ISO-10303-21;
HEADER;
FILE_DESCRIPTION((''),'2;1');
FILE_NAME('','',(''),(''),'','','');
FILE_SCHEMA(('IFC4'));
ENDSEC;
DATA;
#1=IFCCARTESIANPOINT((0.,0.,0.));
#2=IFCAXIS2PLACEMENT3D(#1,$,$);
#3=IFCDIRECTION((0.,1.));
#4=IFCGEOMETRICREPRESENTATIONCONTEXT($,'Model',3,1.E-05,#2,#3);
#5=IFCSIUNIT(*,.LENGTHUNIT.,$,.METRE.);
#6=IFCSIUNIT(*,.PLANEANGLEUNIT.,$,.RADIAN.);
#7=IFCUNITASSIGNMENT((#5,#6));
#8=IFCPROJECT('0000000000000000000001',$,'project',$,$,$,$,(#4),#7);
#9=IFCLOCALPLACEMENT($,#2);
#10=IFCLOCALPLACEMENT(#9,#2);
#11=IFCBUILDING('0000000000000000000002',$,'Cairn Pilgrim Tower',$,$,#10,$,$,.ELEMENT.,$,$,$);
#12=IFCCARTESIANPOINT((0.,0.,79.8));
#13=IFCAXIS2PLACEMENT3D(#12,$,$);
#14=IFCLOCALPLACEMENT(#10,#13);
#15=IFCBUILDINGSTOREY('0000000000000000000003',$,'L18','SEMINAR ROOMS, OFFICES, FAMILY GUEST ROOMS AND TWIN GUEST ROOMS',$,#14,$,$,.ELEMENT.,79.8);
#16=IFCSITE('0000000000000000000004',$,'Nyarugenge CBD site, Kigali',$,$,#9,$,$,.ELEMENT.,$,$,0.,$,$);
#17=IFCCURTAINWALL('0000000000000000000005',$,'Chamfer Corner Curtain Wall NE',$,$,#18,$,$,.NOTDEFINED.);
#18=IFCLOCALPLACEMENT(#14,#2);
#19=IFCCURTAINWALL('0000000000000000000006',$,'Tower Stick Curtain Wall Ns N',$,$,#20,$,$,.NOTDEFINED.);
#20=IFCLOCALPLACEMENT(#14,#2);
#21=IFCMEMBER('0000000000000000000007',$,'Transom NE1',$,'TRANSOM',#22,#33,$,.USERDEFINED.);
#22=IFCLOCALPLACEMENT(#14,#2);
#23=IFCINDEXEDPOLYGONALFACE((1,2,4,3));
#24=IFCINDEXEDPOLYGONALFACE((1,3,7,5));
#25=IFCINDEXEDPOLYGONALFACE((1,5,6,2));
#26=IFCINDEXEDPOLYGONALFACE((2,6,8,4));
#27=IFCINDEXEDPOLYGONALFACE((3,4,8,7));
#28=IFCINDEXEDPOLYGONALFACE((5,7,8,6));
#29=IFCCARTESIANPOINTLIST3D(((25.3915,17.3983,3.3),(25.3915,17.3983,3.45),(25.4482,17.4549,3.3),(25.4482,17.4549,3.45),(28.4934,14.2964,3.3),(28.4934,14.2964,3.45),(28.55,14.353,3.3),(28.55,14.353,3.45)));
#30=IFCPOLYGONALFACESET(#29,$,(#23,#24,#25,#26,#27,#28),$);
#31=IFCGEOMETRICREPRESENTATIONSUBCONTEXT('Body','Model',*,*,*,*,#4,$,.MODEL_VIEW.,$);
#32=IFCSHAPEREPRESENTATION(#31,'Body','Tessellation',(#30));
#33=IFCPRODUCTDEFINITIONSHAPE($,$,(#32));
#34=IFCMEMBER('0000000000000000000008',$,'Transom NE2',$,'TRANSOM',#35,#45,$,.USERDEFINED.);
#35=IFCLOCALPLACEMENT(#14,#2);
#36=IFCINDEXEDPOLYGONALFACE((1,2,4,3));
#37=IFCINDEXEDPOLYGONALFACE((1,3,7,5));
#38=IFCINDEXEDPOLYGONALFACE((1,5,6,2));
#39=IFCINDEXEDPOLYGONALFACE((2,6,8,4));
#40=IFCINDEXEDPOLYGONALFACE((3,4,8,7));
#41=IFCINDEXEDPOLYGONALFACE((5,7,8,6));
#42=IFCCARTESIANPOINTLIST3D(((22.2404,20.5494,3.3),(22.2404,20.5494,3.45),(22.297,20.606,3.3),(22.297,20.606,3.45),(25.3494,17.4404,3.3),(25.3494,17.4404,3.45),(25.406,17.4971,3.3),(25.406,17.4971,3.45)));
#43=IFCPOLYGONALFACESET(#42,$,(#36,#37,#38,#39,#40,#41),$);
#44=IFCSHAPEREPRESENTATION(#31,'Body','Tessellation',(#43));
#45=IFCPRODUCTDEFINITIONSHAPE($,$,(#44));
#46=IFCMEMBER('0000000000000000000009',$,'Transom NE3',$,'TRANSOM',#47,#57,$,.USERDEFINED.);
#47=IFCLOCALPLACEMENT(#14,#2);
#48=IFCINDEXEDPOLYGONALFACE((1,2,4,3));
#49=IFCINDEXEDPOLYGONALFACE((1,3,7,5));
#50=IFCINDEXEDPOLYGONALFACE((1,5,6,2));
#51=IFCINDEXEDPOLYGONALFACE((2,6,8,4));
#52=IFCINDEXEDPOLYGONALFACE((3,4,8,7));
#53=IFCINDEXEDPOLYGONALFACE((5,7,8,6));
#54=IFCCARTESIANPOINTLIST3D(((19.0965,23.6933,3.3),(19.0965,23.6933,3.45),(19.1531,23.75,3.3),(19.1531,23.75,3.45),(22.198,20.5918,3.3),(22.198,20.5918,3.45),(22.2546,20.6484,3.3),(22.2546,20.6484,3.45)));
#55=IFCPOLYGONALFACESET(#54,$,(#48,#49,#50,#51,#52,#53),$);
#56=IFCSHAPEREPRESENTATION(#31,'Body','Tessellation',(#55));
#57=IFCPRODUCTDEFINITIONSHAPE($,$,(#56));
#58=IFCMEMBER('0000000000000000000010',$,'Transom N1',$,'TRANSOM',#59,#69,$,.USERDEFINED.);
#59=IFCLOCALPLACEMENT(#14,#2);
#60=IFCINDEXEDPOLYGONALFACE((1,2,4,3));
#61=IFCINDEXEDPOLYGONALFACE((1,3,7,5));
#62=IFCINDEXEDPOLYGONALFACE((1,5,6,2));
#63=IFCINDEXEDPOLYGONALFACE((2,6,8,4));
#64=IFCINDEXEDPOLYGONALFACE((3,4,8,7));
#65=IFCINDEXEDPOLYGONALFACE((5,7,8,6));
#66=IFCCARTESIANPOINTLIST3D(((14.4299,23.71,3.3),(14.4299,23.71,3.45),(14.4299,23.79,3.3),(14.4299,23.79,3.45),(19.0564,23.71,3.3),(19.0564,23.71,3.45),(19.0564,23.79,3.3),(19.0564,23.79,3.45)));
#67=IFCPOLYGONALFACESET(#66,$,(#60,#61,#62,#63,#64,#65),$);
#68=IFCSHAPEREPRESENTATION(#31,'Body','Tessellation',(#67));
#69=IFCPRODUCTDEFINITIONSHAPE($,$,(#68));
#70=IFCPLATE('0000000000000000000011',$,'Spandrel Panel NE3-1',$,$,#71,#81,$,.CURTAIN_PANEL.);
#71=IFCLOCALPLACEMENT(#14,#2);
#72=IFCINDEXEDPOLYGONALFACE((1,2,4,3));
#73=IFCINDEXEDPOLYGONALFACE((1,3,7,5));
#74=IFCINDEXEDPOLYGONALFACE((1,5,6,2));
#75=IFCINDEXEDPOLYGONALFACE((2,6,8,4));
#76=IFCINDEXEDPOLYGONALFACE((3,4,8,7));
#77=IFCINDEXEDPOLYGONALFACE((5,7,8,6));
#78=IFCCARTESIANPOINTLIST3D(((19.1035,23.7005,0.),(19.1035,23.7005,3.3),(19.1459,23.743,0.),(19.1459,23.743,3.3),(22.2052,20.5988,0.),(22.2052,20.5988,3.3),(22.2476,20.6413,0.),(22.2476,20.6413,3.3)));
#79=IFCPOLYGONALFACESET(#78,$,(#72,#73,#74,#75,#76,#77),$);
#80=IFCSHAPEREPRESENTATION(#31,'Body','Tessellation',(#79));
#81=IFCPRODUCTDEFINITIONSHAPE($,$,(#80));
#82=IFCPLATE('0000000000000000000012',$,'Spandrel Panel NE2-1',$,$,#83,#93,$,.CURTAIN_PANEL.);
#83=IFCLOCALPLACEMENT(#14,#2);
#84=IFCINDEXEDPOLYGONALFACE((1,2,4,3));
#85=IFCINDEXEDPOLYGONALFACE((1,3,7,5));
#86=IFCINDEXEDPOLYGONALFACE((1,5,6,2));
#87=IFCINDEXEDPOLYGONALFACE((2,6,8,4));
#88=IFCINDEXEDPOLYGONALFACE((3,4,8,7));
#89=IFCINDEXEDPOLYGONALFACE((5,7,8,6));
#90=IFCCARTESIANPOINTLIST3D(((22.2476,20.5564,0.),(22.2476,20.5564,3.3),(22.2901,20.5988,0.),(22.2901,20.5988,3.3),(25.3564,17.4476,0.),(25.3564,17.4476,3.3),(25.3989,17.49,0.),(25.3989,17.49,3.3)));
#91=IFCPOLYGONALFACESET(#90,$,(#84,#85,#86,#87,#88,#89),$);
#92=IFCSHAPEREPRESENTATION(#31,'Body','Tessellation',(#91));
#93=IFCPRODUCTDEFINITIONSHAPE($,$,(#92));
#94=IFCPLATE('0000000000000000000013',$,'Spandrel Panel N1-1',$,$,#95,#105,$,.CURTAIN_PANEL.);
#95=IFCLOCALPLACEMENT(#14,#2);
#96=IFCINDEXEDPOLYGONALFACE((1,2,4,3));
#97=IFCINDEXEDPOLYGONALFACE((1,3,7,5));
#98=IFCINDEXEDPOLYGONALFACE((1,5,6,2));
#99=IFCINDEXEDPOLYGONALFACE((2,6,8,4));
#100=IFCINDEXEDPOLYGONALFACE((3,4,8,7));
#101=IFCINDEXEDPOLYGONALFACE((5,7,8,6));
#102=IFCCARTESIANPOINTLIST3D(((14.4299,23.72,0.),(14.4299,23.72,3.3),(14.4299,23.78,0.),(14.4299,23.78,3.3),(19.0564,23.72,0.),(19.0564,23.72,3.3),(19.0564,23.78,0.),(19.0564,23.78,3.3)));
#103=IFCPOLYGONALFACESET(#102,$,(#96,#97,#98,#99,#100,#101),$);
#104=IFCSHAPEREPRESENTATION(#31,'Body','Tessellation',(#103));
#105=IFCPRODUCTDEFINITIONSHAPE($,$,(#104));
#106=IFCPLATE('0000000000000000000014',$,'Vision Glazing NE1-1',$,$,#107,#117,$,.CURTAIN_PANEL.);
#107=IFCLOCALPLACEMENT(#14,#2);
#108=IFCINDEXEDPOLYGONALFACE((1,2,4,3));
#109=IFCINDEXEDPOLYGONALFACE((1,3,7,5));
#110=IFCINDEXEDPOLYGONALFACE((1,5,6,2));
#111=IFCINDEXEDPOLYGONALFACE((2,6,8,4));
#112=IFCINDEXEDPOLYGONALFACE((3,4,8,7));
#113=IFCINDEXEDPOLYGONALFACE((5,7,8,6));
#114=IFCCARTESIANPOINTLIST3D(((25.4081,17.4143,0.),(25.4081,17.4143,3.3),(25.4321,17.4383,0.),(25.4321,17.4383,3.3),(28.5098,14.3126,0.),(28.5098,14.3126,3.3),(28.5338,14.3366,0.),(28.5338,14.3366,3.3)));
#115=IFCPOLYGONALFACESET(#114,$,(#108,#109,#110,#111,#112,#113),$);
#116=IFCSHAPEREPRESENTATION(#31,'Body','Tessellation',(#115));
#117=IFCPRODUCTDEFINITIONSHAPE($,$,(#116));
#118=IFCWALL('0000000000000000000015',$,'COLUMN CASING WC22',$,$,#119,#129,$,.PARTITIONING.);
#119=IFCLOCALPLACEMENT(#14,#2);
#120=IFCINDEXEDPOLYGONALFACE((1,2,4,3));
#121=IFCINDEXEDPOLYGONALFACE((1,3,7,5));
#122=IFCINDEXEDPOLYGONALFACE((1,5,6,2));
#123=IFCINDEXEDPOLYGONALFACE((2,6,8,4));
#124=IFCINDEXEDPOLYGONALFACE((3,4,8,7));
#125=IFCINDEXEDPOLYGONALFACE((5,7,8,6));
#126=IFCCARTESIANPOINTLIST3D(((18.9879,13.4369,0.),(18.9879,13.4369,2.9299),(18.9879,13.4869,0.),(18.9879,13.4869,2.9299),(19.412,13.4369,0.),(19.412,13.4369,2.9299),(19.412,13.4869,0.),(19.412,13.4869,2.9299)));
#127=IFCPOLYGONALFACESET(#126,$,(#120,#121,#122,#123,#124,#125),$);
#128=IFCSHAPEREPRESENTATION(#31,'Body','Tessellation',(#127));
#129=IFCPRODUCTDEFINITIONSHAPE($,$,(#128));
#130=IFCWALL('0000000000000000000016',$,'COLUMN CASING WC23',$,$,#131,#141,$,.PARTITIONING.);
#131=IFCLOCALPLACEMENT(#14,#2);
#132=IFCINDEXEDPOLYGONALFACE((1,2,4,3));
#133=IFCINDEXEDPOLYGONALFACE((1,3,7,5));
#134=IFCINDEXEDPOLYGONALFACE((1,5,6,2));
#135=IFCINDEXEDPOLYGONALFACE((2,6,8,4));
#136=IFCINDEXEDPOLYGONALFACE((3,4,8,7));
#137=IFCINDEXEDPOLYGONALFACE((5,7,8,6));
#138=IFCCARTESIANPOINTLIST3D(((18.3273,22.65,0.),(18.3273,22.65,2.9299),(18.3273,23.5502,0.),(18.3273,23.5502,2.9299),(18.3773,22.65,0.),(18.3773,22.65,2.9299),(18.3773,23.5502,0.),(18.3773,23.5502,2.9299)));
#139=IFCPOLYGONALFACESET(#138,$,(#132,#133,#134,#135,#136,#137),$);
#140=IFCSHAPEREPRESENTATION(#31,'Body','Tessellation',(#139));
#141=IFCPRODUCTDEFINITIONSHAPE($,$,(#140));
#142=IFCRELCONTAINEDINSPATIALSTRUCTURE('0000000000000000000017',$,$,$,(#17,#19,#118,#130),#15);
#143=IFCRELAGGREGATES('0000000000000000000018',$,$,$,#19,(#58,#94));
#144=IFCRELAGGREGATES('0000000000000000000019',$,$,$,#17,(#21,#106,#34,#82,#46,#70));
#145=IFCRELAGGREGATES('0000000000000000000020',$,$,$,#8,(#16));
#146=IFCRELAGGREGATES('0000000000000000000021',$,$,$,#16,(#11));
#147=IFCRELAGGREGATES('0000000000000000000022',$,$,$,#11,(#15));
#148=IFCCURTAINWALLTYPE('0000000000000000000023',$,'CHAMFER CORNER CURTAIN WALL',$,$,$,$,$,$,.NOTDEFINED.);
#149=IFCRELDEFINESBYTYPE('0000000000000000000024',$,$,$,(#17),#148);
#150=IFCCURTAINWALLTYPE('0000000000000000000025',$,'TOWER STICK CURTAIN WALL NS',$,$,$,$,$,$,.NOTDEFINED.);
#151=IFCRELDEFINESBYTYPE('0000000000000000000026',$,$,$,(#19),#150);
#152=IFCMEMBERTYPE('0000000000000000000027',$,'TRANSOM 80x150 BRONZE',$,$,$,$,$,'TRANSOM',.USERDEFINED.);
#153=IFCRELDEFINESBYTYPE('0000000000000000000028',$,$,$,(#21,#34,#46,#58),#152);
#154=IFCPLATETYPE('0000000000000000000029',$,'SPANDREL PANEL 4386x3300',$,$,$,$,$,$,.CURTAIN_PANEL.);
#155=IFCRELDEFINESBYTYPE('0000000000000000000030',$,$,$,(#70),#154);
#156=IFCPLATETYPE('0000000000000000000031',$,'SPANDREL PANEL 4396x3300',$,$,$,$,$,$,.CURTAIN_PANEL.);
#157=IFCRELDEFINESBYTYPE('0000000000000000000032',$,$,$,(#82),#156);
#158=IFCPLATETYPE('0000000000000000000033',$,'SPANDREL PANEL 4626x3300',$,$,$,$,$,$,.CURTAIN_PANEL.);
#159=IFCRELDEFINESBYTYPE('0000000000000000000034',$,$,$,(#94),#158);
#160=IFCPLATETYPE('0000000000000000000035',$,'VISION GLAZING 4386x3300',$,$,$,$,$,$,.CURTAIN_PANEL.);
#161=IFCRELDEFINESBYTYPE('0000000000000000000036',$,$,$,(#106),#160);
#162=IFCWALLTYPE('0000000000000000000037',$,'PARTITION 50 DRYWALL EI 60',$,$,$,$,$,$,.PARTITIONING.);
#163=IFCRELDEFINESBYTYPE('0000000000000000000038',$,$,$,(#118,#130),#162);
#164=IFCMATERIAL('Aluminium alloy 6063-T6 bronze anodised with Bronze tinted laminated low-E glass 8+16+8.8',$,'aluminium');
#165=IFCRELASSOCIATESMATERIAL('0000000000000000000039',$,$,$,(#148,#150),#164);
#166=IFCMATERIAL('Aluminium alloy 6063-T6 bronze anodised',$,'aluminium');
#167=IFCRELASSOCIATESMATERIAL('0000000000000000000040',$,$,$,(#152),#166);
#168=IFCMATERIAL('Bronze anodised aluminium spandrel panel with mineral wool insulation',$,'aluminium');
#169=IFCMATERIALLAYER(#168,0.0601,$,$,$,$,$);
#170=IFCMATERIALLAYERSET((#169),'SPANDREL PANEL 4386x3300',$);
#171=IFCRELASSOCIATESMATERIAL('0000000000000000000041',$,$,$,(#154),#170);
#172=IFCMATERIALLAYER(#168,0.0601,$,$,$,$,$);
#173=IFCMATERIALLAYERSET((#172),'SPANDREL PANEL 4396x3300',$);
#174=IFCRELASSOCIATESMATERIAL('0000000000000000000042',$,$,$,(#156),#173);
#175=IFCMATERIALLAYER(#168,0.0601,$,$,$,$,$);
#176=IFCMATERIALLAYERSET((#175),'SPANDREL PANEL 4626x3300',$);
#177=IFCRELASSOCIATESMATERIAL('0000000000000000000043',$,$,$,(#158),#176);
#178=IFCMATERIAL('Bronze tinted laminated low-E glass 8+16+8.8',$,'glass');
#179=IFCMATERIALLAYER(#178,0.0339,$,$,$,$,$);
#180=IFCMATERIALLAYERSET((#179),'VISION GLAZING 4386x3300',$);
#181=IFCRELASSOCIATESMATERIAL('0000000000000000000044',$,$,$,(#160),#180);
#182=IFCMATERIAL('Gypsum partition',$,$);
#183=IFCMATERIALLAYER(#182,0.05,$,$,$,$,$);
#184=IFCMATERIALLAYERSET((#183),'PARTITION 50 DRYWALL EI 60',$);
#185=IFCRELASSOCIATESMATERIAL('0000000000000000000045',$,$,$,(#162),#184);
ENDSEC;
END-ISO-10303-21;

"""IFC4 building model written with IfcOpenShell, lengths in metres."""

from ifc_helpers import new_model, si_unit, direction, frame, frame_2d, origin, origin_2d, place, context, subcontext, project, spatial, rectangle, extrude, material, layer, layer_set, material_profile, profile_set, type_object, element, aggregate, save


model = new_model("IFC4")

# Units and contexts
model_context = context("Model", 3, precision=1e-05, world=origin(), true_north=direction((0.0, 1.0)))
body_context = subcontext(model_context, "Body", "Model", "MODEL_VIEW")
ifc_project = project(units=[si_unit("LENGTHUNIT", "METRE"), si_unit("PLANEANGLEUNIT", "RADIAN")], contexts=[model_context])

# Site, building, storey
site_placement = place(None, origin())
site = spatial("IfcSite", under=ifc_project, at=site_placement, Name="Nyarugenge CBD site, Kigali", CompositionType="ELEMENT", RefElevation=0.0)
building_placement = place(site_placement, origin())
building = spatial("IfcBuilding", under=site, at=building_placement, Name="Cairn Pilgrim Tower", CompositionType="ELEMENT")
storey_placement = place(building_placement, frame((0.0, 0.0, 79.8)))
storey = spatial("IfcBuildingStorey", under=building, at=storey_placement, Name="L18", Description="SEMINAR ROOMS, OFFICES, FAMILY GUEST ROOMS AND TWIN GUEST ROOMS", CompositionType="ELEMENT", Elevation=79.8)

# Curtain wall
ifc_material_1 = material(Name="Aluminium alloy 6063-T6 bronze anodised with Bronze tinted laminated low-E glass 8+16+8.8", Category="aluminium")
curtain_wall_type_1 = type_object("IfcCurtainWallType", Name="CHAMFER CORNER CURTAIN WALL", PredefinedType="NOTDEFINED", material=ifc_material_1)
curtain_wall_1_placement = place(storey_placement, origin())
curtain_wall_1 = element("IfcCurtainWall", 1, at=curtain_wall_1_placement, inside=storey, type_object=curtain_wall_type_1, Name="Chamfer Corner Curtain Wall NE", PredefinedType="NOTDEFINED")
ifc_material_2 = material(Name="Aluminium alloy 6063-T6 bronze anodised", Category="aluminium")

# Curtain wall
curtain_wall_type_2 = type_object("IfcCurtainWallType", Name="TOWER STICK CURTAIN WALL NS", PredefinedType="NOTDEFINED", material=ifc_material_1)
curtain_wall_2_placement = place(storey_placement, origin())
curtain_wall_2 = element("IfcCurtainWall", 2, at=curtain_wall_2_placement, inside=storey, type_object=curtain_wall_type_2, Name="Tower Stick Curtain Wall Ns N", PredefinedType="NOTDEFINED")

# Members
ifc_material_profile_1 = material_profile(ifc_material_2, rectangle(XDim=0.0801, YDim=0.1499, at=origin_2d()), Name="TRANSOM 80x150 BRONZE")
ifc_profile_set_1 = profile_set([ifc_material_profile_1], Name="Aluminium alloy 6063-T6 bronze anodised")
member_type_1 = type_object("IfcMemberType", Name="TRANSOM 80x150 BRONZE", ElementType="TRANSOM", PredefinedType="USERDEFINED", material=ifc_profile_set_1)
member_1_placement = place(storey_placement, frame((28.5217, 14.3247, 3.375), z_axis=(-0.707107, 0.707107, 0.0), x_axis=(-0.707107, -0.707107, 0.0)))
member_1 = element("IfcMember", 3, at=member_1_placement, type_object=member_type_1, Name="Transom NE1", ObjectType="TRANSOM", PredefinedType="USERDEFINED", context=body_context, shape_type="SweptSolid", body=[
    extrude(rectangle(XDim=0.0801, YDim=0.1499, at=origin_2d()), origin(), (0.0, 0.0, 1.0), 4.3867),
])
member_2_placement = place(storey_placement, frame((25.3777, 17.4688, 3.375), z_axis=(-0.707107, 0.707107, 0.0), x_axis=(-0.707107, -0.707107, 0.0)))
member_2 = element("IfcMember", 4, at=member_2_placement, type_object=member_type_1, Name="Transom NE2", ObjectType="TRANSOM", PredefinedType="USERDEFINED", context=body_context, shape_type="SweptSolid", body=[
    extrude(rectangle(XDim=0.0801, YDim=0.1499, at=origin_2d()), origin(), (0.0, 0.0, 1.0), 4.3967),
])
member_3_placement = place(storey_placement, frame((22.2263, 20.6201, 3.375), z_axis=(-0.707107, 0.707107, 0.0), x_axis=(-0.707107, -0.707107, 0.0)))
member_3 = element("IfcMember", 5, at=member_3_placement, type_object=member_type_1, Name="Transom NE3", ObjectType="TRANSOM", PredefinedType="USERDEFINED", context=body_context, shape_type="SweptSolid", body=[
    extrude(rectangle(XDim=0.0801, YDim=0.1499, at=origin_2d()), origin(), (0.0, 0.0, 1.0), 4.3862),
])
member_4_placement = place(storey_placement, frame((19.0564, 23.75, 3.375), z_axis=(-1.0, 0.0, 0.0), x_axis=(0.0, -1.0, 0.0)))
member_4 = element("IfcMember", 6, at=member_4_placement, type_object=member_type_1, Name="Transom N1", ObjectType="TRANSOM", PredefinedType="USERDEFINED", context=body_context, shape_type="SweptSolid", body=[
    extrude(rectangle(XDim=0.0801, YDim=0.1499, at=origin_2d()), origin(), (0.0, 0.0, 1.0), 4.6265),
])

# Plates
ifc_material_3 = material(Name="Bronze anodised aluminium spandrel panel with mineral wool insulation", Category="aluminium")
ifc_layer_1 = layer(ifc_material_3, 0.0601)
ifc_layer_set_1 = layer_set([ifc_layer_1], Name="SPANDREL PANEL 4386x3300")
plate_type_1 = type_object("IfcPlateType", Name="SPANDREL PANEL 4386x3300", PredefinedType="CURTAIN_PANEL", material=ifc_layer_set_1)
plate_1_placement = place(storey_placement, frame((20.6755, 22.1709, 0.0), z_axis=(0.0, 0.0, 1.0), x_axis=(-0.707107, 0.707107, 0.0)))
plate_1 = element("IfcPlate", 7, at=plate_1_placement, type_object=plate_type_1, Name="Spandrel Panel NE3-1", PredefinedType="CURTAIN_PANEL", context=body_context, shape_type="SweptSolid", body=[
    extrude(rectangle(XDim=4.3865, YDim=0.0601, at=origin_2d()), origin(), (0.0, 0.0, 1.0), 3.3),
])
ifc_layer_2 = layer(ifc_material_3, 0.0601)
ifc_layer_set_2 = layer_set([ifc_layer_2], Name="SPANDREL PANEL 4396x3300")
plate_type_2 = type_object("IfcPlateType", Name="SPANDREL PANEL 4396x3300", PredefinedType="CURTAIN_PANEL", material=ifc_layer_set_2)
plate_2_placement = place(storey_placement, frame((23.8232, 19.0232, 0.0), z_axis=(0.0, 0.0, 1.0), x_axis=(-0.707107, 0.707107, 0.0)))
plate_2 = element("IfcPlate", 8, at=plate_2_placement, type_object=plate_type_2, Name="Spandrel Panel NE2-1", PredefinedType="CURTAIN_PANEL", context=body_context, shape_type="SweptSolid", body=[
    extrude(rectangle(XDim=4.3965, YDim=0.0601, at=origin_2d()), origin(), (0.0, 0.0, 1.0), 3.3),
])
ifc_layer_3 = layer(ifc_material_3, 0.0601)
ifc_layer_set_3 = layer_set([ifc_layer_3], Name="SPANDREL PANEL 4626x3300")
plate_type_3 = type_object("IfcPlateType", Name="SPANDREL PANEL 4626x3300", PredefinedType="CURTAIN_PANEL", material=ifc_layer_set_3)
plate_3_placement = place(storey_placement, frame((16.7432, 23.75, 0.0), z_axis=(0.0, 0.0, 1.0), x_axis=(-1.0, 0.0, 0.0)))
plate_3 = element("IfcPlate", 9, at=plate_3_placement, type_object=plate_type_3, Name="Spandrel Panel N1-1", PredefinedType="CURTAIN_PANEL", context=body_context, shape_type="SweptSolid", body=[
    extrude(rectangle(XDim=4.6265, YDim=0.0601, at=origin_2d()), origin(), (0.0, 0.0, 1.0), 3.3),
])
aggregate(curtain_wall_2, [member_4, plate_3])
ifc_material_4 = material(Name="Bronze tinted laminated low-E glass 8+16+8.8", Category="glass")
ifc_layer_4 = layer(ifc_material_4, 0.0339)
ifc_layer_set_4 = layer_set([ifc_layer_4], Name="VISION GLAZING 4386x3300")
plate_type_4 = type_object("IfcPlateType", Name="VISION GLAZING 4386x3300", PredefinedType="CURTAIN_PANEL", material=ifc_layer_set_4)
plate_4_placement = place(storey_placement, frame((26.9709, 15.8755, 0.0), z_axis=(0.0, 0.0, 1.0), x_axis=(-0.707107, 0.707107, 0.0)))
plate_4 = element("IfcPlate", 10, at=plate_4_placement, type_object=plate_type_4, Name="Vision Glazing NE1-1", PredefinedType="CURTAIN_PANEL", context=body_context, shape_type="SweptSolid", body=[
    extrude(rectangle(XDim=4.3865, YDim=0.0339, at=origin_2d()), origin(), (0.0, 0.0, 1.0), 3.3),
])
aggregate(curtain_wall_1, [member_1, plate_4, member_2, plate_2, member_3, plate_1])

# Walls
ifc_material_5 = material(Name="Gypsum partition")
ifc_layer_5 = layer(ifc_material_5, 0.05)
ifc_layer_set_5 = layer_set([ifc_layer_5], Name="PARTITION 50 DRYWALL EI 60")
wall_type = type_object("IfcWallType", Name="PARTITION 50 DRYWALL EI 60", PredefinedType="PARTITIONING", material=ifc_layer_set_5)
wall_1_placement = place(storey_placement, frame((18.988, 13.4619, 0.0), z_axis=(0.0, 0.0, 1.0), x_axis=(1.0, 0.0, 0.0)))
element("IfcWall", 11, at=wall_1_placement, inside=storey, type_object=wall_type, Name="COLUMN CASING WC22", PredefinedType="PARTITIONING", context=body_context, shape_type="SweptSolid", body=[
    extrude(rectangle(XDim=0.4241, YDim=0.05, at=frame_2d((0.2119, 0.0))), origin(), (0.0, 0.0, 1.0), 2.9299),
])
wall_2_placement = place(storey_placement, frame((18.3523, 22.6499, 0.0), z_axis=(0.0, 0.0, 1.0), x_axis=(0.0, 1.0, 0.0)))
element("IfcWall", 12, at=wall_2_placement, inside=storey, type_object=wall_type, Name="COLUMN CASING WC23", PredefinedType="PARTITIONING", context=body_context, shape_type="SweptSolid", body=[
    extrude(rectangle(XDim=0.9001, YDim=0.05, at=frame_2d((0.4502, 0.0))), origin(), (0.0, 0.0, 1.0), 2.9299),
])

save(model, "model.ifc")
